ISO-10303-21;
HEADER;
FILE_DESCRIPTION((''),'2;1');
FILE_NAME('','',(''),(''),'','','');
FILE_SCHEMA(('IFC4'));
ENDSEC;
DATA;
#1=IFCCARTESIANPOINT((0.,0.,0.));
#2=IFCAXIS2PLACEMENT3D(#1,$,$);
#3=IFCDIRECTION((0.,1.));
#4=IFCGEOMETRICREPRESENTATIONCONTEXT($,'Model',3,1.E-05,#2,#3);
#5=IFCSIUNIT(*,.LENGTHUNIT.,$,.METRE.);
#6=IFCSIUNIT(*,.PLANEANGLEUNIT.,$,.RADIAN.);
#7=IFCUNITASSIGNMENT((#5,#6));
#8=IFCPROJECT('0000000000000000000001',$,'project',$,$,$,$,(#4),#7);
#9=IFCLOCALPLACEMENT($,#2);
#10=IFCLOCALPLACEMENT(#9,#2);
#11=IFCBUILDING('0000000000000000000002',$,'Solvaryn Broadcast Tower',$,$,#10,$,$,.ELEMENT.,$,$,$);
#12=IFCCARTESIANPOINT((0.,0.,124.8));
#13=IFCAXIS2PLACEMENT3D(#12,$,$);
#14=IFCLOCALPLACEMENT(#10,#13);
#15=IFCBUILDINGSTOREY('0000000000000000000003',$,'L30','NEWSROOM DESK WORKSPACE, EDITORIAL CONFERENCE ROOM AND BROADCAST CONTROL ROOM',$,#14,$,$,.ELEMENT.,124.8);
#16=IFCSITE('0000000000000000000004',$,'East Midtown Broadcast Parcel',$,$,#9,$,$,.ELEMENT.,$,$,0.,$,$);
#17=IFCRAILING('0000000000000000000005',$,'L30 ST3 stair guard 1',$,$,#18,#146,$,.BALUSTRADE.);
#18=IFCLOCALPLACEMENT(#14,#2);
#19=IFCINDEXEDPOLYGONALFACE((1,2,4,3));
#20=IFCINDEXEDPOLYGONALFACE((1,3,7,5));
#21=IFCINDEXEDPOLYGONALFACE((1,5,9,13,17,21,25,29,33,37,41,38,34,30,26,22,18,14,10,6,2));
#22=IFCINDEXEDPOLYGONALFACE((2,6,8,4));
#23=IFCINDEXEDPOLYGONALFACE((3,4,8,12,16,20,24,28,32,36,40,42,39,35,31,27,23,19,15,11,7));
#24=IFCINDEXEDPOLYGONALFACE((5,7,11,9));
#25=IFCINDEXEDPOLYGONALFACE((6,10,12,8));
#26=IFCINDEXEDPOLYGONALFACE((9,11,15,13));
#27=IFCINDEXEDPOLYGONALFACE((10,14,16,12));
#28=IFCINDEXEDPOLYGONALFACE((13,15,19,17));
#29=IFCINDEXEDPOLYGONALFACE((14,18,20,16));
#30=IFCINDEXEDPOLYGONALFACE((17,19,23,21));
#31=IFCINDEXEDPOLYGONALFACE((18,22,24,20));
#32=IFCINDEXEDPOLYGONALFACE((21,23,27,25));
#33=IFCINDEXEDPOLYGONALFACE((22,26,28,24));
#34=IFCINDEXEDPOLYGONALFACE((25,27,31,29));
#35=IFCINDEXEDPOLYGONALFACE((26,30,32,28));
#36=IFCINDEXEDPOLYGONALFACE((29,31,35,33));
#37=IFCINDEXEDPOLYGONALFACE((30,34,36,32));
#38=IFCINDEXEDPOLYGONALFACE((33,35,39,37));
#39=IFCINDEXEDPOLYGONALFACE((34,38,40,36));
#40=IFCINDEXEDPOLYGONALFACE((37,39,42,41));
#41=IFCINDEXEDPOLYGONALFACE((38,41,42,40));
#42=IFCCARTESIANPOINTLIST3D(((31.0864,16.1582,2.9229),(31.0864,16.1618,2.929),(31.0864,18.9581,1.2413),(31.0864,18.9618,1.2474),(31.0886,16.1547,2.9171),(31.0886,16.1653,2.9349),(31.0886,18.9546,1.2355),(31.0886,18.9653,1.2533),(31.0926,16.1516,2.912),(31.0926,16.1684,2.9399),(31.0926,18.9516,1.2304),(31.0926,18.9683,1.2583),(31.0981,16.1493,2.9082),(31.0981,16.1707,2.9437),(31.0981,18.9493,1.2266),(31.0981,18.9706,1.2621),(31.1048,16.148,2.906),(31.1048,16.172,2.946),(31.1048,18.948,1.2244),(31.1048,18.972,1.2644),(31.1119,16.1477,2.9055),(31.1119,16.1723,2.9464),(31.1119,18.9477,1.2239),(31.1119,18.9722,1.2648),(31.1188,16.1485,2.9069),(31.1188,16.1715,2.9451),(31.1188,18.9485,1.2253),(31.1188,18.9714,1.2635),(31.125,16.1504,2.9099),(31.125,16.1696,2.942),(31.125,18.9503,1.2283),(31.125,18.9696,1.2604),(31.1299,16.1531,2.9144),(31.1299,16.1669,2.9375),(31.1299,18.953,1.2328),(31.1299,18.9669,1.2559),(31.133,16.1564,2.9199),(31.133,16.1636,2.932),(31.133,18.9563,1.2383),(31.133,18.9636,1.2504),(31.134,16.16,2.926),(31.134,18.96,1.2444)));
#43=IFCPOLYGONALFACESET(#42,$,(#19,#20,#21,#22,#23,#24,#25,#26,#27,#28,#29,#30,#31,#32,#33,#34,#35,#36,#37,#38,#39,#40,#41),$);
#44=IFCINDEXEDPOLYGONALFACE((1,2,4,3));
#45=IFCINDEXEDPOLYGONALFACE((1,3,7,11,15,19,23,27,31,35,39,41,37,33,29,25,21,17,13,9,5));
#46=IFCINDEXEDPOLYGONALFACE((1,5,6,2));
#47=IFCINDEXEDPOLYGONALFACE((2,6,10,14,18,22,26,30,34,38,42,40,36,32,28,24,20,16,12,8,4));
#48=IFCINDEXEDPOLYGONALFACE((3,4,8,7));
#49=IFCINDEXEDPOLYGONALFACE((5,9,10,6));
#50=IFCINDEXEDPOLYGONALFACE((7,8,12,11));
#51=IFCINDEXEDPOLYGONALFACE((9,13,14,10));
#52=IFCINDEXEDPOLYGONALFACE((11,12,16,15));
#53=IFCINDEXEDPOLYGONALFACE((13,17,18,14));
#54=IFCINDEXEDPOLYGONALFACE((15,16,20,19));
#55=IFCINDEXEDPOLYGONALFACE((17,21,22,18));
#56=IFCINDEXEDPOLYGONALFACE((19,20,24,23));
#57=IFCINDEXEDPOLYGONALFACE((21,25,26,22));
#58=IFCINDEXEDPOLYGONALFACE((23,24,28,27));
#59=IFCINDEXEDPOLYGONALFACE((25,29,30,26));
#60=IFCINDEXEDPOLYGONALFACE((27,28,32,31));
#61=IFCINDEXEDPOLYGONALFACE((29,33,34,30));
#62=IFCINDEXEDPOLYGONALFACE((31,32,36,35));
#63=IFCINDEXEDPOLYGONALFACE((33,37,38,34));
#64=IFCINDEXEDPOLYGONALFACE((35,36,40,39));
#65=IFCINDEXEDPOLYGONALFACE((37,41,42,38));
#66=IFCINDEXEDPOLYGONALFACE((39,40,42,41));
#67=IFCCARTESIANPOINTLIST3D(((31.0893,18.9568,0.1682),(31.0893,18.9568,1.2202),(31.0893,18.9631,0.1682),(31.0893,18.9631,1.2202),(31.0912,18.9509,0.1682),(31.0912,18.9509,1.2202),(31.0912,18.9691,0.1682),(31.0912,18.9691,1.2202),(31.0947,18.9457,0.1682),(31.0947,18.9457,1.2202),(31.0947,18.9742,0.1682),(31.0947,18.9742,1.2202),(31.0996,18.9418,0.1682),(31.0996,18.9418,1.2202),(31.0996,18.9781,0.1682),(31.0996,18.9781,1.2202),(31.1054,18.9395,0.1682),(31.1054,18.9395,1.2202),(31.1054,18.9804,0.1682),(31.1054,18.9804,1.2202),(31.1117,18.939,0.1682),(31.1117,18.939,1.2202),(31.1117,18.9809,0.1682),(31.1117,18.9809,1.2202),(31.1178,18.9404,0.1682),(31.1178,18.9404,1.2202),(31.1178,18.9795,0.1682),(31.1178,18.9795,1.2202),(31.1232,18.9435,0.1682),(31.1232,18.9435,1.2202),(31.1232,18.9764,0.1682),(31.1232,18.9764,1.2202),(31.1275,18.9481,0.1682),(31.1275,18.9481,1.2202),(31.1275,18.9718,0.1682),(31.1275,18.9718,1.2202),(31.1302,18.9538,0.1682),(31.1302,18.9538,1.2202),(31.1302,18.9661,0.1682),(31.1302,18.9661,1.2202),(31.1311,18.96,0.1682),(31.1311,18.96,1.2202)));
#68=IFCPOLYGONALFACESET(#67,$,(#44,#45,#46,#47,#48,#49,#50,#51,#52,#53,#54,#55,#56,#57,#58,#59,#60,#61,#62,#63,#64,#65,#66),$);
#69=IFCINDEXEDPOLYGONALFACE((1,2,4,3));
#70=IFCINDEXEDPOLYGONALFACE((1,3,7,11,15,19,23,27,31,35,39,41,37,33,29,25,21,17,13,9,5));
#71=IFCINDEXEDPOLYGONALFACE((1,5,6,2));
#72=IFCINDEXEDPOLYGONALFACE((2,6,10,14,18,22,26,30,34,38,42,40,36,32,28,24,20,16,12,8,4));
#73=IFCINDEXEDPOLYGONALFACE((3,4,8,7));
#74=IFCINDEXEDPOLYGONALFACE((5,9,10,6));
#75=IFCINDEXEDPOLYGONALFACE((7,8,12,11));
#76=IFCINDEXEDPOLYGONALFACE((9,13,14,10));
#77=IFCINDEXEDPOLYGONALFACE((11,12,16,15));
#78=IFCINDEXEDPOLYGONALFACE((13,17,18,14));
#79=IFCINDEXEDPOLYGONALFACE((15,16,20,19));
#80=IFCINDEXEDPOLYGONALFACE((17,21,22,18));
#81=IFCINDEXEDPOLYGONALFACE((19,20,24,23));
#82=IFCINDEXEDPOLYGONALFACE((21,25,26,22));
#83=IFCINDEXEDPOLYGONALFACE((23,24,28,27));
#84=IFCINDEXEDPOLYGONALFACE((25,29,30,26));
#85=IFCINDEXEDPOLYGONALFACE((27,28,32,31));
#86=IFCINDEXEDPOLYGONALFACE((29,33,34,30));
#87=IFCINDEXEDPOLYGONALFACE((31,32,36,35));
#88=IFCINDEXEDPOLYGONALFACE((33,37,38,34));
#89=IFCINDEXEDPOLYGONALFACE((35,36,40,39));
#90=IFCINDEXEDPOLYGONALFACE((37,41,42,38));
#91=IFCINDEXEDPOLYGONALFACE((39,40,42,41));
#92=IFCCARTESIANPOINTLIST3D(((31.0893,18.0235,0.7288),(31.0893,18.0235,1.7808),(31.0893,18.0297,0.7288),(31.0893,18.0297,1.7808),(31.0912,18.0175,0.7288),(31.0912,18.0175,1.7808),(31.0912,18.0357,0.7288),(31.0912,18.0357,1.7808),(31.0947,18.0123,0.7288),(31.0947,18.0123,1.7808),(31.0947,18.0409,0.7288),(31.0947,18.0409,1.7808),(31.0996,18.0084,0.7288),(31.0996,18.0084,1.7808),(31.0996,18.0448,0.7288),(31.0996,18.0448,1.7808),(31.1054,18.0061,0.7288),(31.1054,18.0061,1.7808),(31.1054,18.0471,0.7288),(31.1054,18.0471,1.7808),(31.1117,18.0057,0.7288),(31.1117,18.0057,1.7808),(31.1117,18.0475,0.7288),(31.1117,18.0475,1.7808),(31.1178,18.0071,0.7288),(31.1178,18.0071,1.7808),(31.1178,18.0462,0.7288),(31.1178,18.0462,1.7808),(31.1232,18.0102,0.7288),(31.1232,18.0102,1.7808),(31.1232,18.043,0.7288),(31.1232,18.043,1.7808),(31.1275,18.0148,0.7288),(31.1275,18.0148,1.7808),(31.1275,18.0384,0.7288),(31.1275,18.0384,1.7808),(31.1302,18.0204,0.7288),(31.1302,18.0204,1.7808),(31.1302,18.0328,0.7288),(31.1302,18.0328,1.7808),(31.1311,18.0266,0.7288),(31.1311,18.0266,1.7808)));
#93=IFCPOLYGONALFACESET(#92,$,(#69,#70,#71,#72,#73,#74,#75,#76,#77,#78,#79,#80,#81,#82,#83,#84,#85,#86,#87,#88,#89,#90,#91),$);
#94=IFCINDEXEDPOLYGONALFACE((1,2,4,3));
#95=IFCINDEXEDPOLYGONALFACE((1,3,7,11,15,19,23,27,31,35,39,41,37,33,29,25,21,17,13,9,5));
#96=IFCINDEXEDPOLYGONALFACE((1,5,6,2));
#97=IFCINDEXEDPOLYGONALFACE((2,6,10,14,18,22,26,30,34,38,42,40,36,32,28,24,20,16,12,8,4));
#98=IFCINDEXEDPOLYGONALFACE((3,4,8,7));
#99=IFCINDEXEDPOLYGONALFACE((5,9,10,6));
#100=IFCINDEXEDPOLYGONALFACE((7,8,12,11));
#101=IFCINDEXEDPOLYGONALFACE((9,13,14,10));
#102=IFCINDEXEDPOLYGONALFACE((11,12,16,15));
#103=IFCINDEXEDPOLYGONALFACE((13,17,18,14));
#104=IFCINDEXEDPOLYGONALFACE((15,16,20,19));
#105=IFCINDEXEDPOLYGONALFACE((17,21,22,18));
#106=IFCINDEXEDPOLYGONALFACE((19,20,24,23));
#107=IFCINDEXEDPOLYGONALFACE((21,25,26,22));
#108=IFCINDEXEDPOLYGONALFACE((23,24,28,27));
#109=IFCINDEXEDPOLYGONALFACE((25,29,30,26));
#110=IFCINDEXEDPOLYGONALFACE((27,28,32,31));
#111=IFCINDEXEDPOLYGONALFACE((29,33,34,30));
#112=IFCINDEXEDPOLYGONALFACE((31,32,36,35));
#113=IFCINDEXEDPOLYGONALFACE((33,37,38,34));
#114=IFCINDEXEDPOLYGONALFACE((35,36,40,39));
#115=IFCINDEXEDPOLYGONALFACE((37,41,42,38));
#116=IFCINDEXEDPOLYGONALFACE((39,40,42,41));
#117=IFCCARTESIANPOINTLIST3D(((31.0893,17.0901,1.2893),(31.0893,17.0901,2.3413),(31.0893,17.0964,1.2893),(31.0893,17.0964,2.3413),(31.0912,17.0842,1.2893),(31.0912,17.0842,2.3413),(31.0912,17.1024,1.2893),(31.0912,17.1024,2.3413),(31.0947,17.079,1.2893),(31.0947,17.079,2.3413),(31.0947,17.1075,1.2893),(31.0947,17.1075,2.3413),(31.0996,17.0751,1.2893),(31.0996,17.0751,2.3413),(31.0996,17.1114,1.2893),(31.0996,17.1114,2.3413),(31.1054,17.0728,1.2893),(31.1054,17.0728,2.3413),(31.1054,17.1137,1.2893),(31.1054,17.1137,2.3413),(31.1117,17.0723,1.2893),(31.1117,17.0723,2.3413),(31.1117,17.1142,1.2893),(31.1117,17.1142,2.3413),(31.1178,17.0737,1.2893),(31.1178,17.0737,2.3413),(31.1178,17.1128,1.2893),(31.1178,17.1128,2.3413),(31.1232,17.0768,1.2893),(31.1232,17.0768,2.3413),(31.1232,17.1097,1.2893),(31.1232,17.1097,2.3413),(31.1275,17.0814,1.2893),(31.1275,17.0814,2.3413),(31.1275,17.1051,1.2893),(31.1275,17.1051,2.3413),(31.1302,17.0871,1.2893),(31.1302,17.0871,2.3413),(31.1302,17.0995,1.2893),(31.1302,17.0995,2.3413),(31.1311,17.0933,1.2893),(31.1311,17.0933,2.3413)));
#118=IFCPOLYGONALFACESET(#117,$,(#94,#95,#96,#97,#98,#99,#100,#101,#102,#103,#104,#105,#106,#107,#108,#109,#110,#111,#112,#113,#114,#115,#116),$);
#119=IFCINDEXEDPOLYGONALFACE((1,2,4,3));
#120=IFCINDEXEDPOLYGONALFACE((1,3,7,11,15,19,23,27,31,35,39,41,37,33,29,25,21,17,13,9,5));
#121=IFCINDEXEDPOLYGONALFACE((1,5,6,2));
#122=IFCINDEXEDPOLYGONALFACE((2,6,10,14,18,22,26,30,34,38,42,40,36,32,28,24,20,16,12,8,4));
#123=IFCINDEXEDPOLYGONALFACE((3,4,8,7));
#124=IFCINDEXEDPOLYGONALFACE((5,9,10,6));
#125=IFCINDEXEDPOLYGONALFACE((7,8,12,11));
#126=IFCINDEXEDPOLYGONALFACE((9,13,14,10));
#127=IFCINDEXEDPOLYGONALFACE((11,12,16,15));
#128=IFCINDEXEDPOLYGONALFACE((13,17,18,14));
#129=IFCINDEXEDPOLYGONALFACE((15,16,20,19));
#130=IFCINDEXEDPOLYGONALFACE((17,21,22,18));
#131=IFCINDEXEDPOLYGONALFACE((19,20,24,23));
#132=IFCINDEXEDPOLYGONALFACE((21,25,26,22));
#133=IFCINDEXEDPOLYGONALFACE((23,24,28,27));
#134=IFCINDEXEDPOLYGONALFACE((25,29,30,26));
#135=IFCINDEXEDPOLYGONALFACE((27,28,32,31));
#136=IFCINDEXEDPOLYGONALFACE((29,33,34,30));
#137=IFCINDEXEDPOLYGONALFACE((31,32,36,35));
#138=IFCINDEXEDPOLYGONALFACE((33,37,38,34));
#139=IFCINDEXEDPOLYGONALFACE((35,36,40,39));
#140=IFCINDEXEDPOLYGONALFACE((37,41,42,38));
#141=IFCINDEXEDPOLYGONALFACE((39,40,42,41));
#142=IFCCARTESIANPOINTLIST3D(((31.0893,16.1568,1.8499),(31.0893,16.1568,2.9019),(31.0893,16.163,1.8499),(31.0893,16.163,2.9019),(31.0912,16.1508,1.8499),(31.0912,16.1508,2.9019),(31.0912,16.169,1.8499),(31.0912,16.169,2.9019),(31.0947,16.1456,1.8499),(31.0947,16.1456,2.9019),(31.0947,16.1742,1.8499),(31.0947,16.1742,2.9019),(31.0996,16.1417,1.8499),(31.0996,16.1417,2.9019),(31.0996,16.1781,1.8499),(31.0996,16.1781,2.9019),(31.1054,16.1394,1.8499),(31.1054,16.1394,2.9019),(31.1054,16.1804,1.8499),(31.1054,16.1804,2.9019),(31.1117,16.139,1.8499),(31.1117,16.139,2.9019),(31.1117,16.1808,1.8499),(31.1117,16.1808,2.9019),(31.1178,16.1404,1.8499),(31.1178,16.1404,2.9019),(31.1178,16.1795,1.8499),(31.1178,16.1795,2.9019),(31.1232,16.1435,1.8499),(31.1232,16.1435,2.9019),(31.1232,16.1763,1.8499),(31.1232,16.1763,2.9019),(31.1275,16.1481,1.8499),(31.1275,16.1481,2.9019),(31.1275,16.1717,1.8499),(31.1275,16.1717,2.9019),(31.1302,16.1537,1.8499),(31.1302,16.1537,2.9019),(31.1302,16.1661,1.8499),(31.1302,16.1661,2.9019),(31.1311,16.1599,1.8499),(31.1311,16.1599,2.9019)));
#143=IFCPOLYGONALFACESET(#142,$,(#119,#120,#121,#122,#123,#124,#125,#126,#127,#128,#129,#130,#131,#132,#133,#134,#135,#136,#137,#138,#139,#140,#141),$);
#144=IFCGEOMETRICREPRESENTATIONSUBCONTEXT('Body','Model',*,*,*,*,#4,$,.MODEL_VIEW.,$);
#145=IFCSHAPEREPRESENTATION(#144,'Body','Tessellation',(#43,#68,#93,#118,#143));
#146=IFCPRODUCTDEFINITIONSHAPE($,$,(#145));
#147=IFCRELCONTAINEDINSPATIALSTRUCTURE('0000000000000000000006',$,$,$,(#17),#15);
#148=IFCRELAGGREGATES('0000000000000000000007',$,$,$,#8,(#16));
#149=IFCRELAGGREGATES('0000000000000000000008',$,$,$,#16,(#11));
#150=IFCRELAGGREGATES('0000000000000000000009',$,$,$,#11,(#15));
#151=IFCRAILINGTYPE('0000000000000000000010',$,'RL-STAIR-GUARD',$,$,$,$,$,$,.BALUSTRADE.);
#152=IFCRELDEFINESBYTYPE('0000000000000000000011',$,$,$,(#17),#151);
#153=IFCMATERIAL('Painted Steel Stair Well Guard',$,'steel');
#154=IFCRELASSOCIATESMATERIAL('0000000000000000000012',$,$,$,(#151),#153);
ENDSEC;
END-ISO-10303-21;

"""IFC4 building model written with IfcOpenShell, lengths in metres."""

from ifc_helpers import new_model, si_unit, direction, frame, origin, origin_2d, place, context, subcontext, project, spatial, circle, extrude, material, type_object, element, save


model = new_model("IFC4")

# Units and contexts
model_context = context("Model", 3, precision=1e-05, world=origin(), true_north=direction((0.0, 1.0)))
body_context = subcontext(model_context, "Body", "Model", "MODEL_VIEW")
ifc_project = project(units=[si_unit("LENGTHUNIT", "METRE"), si_unit("PLANEANGLEUNIT", "RADIAN")], contexts=[model_context])

# Site, building, storey
site_placement = place(None, origin())
site = spatial("IfcSite", under=ifc_project, at=site_placement, Name="East Midtown Broadcast Parcel", CompositionType="ELEMENT", RefElevation=0.0)
building_placement = place(site_placement, origin())
building = spatial("IfcBuilding", under=site, at=building_placement, Name="Solvaryn Broadcast Tower", CompositionType="ELEMENT")
storey_placement = place(building_placement, frame((0.0, 0.0, 124.8)))
storey = spatial("IfcBuildingStorey", under=building, at=storey_placement, Name="L30", Description="NEWSROOM DESK WORKSPACE, EDITORIAL CONFERENCE ROOM AND BROADCAST CONTROL ROOM", CompositionType="ELEMENT", Elevation=124.8)

# Railing
ifc_material_1 = material(Name="Painted Steel Stair Well Guard", Category="steel")
railing_type_1 = type_object("IfcRailingType", Name="RL-STAIR-GUARD", PredefinedType="BALUSTRADE", material=ifc_material_1)
railing_1_placement = place(storey_placement, frame((31.1101, 18.96, 0.1682)))
element("IfcRailing", 1, at=railing_1_placement, inside=storey, type_object=railing_type_1, Name="L30 ST3 stair guard 1", PredefinedType="BALUSTRADE", context=body_context, shape_type="SweptSolid", body=[
    extrude(circle(Radius=0.0239, at=origin_2d()), frame((0.0, 0.0, 1.0762), z_axis=(0.0, -0.857275, 0.514858), x_axis=(1.0, 0.0, 0.0)), (0.0, 0.0, 1.0), 3.2661),
    extrude(circle(Radius=0.021, at=origin_2d()), origin(), (0.0, 0.0, 1.0), 1.052),
    extrude(circle(Radius=0.021, at=origin_2d()), frame((0.0, -0.9333, 0.5605)), (0.0, 0.0, 1.0), 1.052),
    extrude(circle(Radius=0.021, at=origin_2d()), frame((0.0, -1.8667, 1.1211)), (0.0, 0.0, 1.0), 1.052),
    extrude(circle(Radius=0.021, at=origin_2d()), frame((0.0, -2.8, 1.6816)), (0.0, 0.0, 1.0), 1.052),
])

save(model, "model.ifc")
